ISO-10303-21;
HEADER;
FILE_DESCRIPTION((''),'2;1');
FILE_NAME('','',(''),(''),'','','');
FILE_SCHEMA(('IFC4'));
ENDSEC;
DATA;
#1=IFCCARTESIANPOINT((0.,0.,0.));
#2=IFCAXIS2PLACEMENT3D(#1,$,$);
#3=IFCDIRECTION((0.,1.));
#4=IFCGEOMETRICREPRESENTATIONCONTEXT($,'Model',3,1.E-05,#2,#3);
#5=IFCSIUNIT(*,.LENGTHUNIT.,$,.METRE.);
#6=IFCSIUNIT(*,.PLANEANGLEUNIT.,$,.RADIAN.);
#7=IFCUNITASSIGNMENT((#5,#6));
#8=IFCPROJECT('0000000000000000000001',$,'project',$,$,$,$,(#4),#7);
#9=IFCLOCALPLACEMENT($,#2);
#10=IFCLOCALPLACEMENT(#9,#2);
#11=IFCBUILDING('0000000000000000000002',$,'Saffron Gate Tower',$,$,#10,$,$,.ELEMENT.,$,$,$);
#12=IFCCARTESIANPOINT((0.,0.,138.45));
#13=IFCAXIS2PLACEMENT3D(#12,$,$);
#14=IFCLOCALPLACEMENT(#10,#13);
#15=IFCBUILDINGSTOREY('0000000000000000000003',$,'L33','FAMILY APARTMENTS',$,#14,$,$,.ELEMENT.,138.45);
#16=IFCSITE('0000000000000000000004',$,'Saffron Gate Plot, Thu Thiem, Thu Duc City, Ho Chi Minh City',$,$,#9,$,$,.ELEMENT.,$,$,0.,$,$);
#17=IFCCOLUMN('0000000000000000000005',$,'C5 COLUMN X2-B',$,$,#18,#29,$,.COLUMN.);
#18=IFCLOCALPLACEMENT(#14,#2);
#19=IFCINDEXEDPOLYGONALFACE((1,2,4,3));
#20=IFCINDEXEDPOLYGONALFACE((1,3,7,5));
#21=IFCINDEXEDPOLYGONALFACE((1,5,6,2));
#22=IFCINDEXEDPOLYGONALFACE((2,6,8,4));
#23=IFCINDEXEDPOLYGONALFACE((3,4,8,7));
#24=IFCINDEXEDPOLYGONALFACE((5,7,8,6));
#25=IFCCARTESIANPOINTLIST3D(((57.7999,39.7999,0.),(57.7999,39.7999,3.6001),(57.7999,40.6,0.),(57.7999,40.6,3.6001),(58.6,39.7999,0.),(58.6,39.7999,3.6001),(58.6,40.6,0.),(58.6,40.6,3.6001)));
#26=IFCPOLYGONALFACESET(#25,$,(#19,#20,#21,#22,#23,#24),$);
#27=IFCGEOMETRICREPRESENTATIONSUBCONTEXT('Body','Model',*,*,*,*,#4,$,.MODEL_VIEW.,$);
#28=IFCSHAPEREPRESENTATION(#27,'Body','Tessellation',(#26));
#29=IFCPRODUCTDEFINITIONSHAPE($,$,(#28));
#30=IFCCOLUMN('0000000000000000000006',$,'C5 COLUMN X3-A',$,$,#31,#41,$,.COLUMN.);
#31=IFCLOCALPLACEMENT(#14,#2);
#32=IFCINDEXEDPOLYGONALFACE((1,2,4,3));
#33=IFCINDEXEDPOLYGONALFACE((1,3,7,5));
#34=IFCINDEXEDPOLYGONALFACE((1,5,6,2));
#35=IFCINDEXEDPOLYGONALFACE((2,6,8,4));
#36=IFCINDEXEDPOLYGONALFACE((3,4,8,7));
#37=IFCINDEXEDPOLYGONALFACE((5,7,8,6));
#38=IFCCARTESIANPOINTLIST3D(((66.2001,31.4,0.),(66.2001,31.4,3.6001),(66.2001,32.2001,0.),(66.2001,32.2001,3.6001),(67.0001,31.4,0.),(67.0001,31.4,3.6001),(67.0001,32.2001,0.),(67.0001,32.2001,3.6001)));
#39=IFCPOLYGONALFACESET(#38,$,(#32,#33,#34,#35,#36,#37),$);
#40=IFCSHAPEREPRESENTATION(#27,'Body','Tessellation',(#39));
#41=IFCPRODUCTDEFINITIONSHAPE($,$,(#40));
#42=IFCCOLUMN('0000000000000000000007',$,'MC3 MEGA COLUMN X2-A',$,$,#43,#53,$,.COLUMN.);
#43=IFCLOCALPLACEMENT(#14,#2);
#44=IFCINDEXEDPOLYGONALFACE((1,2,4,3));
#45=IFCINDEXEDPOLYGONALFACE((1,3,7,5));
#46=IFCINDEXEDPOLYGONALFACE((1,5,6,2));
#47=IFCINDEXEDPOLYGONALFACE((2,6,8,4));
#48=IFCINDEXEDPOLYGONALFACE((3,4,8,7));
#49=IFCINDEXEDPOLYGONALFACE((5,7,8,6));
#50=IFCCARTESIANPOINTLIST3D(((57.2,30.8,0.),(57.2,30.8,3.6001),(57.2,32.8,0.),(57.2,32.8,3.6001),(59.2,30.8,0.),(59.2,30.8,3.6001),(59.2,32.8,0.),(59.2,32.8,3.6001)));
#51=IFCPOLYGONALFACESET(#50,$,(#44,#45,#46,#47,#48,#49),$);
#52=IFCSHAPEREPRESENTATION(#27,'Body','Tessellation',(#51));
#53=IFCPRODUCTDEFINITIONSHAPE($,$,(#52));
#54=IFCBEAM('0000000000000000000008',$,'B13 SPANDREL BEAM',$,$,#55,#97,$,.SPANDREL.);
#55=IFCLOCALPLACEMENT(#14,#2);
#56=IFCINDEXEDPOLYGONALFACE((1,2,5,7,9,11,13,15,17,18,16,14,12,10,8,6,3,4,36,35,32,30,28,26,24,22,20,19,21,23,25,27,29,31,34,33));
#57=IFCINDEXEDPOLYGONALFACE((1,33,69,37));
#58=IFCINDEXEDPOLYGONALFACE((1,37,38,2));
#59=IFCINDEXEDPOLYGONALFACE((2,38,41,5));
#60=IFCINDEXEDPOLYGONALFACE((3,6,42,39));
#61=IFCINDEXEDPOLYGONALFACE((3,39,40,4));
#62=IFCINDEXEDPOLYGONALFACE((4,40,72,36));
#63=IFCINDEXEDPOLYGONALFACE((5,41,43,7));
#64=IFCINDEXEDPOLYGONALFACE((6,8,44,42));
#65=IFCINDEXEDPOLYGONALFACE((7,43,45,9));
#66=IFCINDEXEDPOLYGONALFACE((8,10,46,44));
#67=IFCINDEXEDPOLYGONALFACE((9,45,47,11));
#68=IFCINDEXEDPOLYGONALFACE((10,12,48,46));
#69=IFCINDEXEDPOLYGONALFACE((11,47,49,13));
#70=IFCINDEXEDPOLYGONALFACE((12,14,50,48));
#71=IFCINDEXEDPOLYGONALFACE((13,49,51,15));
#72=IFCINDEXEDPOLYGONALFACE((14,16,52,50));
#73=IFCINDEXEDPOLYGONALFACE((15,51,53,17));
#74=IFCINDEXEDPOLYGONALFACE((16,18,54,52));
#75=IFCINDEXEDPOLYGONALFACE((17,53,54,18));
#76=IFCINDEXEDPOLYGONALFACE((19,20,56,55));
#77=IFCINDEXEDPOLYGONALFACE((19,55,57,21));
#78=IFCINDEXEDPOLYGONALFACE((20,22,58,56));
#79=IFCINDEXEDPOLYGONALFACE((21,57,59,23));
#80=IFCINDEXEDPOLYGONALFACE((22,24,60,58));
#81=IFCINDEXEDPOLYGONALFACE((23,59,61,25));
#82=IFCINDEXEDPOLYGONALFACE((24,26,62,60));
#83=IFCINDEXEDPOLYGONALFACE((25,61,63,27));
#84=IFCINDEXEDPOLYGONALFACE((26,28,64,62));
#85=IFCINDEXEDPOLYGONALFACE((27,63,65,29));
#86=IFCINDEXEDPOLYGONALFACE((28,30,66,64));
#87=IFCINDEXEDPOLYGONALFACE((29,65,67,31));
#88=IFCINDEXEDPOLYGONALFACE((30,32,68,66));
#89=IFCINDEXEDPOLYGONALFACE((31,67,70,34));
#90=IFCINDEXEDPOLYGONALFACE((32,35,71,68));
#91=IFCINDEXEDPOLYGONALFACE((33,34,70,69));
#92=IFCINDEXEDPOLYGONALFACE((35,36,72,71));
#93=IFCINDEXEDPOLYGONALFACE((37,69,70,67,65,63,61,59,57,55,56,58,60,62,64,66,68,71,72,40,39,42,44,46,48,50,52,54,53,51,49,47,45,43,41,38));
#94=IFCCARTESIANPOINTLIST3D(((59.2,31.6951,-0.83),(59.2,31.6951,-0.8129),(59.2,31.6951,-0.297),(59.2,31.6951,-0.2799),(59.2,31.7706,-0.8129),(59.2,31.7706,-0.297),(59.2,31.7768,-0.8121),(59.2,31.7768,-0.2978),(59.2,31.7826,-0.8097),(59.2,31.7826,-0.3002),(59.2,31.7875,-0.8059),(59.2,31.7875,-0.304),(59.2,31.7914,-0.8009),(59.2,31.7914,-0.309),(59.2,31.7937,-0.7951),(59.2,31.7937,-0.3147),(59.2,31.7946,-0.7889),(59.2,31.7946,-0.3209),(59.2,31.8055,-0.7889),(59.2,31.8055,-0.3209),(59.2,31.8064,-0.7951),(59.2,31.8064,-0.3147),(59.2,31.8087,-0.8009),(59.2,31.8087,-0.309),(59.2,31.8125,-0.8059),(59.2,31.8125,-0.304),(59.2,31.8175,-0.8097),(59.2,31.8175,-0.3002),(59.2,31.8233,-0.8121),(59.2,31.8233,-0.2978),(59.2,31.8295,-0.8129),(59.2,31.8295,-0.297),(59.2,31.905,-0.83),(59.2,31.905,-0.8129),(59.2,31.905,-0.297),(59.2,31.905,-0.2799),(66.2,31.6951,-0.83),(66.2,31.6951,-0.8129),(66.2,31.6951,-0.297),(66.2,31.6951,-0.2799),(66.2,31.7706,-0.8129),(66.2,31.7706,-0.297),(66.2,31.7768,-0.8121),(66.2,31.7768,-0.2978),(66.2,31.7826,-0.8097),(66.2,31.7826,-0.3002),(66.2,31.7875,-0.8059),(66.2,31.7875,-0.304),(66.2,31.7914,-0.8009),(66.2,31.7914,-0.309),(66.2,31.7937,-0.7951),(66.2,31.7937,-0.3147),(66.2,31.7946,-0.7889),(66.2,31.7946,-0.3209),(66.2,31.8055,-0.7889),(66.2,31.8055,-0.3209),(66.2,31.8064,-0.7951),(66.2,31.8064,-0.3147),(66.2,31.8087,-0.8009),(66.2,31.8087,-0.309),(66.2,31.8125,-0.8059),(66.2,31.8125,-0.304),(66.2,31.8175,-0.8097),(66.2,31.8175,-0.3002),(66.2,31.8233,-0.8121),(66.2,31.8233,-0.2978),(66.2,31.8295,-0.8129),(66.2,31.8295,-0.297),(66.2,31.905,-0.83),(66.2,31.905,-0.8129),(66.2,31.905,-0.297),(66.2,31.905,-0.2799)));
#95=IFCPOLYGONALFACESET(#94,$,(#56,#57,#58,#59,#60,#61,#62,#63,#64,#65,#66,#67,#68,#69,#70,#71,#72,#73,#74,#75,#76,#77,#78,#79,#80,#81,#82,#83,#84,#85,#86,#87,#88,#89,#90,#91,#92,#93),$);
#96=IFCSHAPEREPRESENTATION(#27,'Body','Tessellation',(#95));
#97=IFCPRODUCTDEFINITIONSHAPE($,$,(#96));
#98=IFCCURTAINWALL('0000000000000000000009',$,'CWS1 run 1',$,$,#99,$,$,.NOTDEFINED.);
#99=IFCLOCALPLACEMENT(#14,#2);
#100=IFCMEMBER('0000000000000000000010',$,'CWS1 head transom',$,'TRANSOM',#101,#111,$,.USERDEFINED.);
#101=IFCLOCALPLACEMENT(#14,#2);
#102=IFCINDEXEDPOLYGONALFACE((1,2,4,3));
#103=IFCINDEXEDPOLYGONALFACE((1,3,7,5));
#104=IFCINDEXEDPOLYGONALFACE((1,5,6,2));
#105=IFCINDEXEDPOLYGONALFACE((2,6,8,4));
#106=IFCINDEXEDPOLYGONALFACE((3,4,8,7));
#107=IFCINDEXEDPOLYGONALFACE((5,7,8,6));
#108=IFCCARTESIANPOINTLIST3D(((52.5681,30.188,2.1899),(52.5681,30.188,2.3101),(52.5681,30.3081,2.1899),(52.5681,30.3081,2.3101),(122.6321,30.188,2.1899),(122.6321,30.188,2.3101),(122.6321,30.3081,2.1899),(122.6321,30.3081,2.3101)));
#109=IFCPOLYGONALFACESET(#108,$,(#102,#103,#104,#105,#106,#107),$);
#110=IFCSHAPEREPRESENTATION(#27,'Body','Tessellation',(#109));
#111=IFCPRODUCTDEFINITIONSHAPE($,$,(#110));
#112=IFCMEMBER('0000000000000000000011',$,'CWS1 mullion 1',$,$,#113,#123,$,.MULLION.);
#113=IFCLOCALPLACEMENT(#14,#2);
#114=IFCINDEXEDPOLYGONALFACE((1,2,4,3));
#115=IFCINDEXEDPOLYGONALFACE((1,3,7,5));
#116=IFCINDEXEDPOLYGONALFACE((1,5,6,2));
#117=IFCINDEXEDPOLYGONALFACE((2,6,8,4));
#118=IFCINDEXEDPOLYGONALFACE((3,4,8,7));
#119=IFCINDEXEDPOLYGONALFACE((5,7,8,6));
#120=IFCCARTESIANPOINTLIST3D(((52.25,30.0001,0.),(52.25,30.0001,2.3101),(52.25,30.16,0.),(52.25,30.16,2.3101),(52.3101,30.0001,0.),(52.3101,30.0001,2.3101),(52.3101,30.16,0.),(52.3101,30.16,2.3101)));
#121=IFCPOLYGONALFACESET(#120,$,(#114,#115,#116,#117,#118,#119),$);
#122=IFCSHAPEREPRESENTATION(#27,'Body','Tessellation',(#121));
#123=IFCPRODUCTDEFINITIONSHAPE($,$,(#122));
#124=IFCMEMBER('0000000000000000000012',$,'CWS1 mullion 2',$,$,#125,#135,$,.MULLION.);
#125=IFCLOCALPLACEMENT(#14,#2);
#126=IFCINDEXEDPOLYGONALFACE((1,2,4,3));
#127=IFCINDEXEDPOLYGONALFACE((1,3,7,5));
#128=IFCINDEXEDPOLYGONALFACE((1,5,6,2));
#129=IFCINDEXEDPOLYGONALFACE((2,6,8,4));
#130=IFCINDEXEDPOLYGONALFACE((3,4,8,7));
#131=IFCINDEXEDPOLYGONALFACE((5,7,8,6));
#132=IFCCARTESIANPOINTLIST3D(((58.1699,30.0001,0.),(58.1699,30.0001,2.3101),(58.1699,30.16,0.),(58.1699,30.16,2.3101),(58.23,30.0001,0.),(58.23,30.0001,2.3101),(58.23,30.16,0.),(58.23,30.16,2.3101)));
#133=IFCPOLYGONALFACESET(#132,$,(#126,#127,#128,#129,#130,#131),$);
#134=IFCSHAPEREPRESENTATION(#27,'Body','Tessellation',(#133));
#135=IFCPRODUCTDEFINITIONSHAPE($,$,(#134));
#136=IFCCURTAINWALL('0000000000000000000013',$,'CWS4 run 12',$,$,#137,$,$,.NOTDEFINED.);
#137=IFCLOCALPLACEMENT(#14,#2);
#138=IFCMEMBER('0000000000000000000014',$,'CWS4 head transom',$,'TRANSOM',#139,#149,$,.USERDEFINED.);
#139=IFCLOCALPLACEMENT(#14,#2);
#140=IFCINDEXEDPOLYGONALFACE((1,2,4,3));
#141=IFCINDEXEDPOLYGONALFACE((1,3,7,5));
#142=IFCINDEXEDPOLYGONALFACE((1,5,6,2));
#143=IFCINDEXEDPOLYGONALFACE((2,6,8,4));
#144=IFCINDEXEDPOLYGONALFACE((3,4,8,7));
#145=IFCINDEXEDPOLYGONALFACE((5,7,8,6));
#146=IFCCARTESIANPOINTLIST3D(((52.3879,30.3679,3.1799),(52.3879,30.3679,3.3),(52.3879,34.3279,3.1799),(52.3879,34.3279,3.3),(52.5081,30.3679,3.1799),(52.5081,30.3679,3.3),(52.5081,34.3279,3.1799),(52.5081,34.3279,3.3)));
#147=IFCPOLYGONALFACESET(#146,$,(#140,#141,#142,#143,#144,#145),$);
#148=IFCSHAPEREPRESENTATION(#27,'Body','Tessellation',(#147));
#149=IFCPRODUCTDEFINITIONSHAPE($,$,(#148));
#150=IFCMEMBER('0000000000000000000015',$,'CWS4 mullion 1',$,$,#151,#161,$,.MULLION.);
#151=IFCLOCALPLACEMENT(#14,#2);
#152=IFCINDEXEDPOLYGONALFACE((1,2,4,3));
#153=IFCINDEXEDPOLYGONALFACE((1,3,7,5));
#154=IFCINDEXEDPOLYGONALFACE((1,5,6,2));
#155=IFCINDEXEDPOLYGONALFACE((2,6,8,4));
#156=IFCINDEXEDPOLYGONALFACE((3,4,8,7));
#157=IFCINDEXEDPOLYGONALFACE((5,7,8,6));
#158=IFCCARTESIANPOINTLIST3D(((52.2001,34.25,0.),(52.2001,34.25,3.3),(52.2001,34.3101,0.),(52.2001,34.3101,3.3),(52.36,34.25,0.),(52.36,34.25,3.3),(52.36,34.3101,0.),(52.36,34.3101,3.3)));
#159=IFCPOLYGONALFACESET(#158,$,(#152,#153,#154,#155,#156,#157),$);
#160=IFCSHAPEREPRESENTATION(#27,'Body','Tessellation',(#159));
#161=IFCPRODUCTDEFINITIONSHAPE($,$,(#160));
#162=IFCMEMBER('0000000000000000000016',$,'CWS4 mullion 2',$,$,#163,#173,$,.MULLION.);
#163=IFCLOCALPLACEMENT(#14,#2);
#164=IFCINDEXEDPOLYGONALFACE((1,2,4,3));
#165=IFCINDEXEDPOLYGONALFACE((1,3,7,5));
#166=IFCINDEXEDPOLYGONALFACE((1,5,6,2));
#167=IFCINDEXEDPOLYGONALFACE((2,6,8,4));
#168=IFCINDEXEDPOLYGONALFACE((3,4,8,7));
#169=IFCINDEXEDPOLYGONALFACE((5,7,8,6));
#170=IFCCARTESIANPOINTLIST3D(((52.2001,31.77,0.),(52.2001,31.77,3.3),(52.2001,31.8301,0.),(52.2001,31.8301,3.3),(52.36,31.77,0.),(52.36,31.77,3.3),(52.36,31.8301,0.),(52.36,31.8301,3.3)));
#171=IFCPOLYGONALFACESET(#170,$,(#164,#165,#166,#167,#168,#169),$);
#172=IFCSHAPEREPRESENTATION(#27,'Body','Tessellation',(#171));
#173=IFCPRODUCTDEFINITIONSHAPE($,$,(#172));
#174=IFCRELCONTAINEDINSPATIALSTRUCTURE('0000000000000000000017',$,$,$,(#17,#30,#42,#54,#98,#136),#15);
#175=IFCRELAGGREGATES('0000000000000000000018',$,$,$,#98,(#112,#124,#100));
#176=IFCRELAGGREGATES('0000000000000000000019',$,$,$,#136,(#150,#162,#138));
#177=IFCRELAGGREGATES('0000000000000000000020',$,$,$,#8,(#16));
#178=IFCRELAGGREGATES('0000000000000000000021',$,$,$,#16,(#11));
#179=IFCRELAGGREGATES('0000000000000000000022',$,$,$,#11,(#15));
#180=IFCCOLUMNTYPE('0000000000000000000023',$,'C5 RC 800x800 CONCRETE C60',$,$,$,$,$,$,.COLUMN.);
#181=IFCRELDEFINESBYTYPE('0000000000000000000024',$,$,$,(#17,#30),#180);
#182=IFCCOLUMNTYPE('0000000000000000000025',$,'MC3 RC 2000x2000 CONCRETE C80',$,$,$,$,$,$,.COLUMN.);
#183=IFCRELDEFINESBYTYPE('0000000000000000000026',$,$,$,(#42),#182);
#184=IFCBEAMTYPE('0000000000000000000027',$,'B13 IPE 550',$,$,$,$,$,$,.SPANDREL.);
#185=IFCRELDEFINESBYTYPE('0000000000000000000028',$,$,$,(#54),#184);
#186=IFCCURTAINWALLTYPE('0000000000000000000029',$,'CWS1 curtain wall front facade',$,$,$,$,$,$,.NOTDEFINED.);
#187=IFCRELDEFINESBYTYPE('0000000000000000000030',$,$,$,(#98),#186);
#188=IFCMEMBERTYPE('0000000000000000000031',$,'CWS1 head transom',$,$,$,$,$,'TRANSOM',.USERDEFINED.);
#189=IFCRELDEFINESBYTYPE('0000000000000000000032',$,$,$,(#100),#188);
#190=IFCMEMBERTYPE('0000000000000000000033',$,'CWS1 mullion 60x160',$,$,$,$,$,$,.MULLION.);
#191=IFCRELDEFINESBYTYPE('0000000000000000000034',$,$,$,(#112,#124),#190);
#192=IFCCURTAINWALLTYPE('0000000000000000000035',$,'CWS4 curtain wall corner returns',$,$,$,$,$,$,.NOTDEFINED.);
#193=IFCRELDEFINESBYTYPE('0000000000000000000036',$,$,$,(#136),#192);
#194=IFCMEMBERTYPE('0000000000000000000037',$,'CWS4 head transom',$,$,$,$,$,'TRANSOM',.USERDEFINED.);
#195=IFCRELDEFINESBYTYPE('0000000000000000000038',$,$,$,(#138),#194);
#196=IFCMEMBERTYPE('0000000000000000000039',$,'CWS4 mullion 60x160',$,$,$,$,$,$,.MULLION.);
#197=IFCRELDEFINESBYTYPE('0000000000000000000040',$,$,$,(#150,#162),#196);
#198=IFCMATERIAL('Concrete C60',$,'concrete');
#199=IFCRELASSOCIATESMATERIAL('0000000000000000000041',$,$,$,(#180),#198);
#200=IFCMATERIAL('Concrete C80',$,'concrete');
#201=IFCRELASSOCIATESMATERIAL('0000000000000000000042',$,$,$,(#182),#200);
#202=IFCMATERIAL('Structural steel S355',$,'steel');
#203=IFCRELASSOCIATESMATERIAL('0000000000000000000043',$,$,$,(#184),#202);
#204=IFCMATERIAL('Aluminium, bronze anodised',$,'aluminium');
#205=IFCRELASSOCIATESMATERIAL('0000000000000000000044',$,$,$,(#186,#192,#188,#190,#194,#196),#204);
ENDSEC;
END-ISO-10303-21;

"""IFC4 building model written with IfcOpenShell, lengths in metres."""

from ifc_helpers import new_model, si_unit, direction, frame, origin, origin_2d, place, context, subcontext, project, spatial, rectangle, i_section, extrude, material, material_profile, profile_set, type_object, element, aggregate, save


model = new_model("IFC4")

# Units and contexts
model_context = context("Model", 3, precision=1e-05, world=origin(), true_north=direction((0.0, 1.0)))
body_context = subcontext(model_context, "Body", "Model", "MODEL_VIEW")
ifc_project = project(units=[si_unit("LENGTHUNIT", "METRE"), si_unit("PLANEANGLEUNIT", "RADIAN")], contexts=[model_context])

# Site, building, storey
site_placement = place(None, origin())
site = spatial("IfcSite", under=ifc_project, at=site_placement, Name="Saffron Gate Plot, Thu Thiem, Thu Duc City, Ho Chi Minh City", CompositionType="ELEMENT", RefElevation=0.0)
building_placement = place(site_placement, origin())
building = spatial("IfcBuilding", under=site, at=building_placement, Name="Saffron Gate Tower", CompositionType="ELEMENT")
storey_placement = place(building_placement, frame((0.0, 0.0, 138.45)))
storey = spatial("IfcBuildingStorey", under=building, at=storey_placement, Name="L33", Description="FAMILY APARTMENTS", CompositionType="ELEMENT", Elevation=138.45)

# Columns
ifc_material_1 = material(Name="Concrete C60", Category="concrete")
ifc_material_profile_1 = material_profile(ifc_material_1, rectangle(XDim=0.8, YDim=0.8, at=origin_2d()))
ifc_profile_set_1 = profile_set([ifc_material_profile_1], Name="Concrete C60")
column_type_1 = type_object("IfcColumnType", Name="C5 RC 800x800 CONCRETE C60", PredefinedType="COLUMN", material=ifc_profile_set_1)
for number, where, z_axis, x_axis, name in (
    (1, (58.2, 40.2, 0.0), (0.0, 0.0, 1.0), (1.0, 0.0, 0.0), "C5 COLUMN X2-B"),
    (2, (66.6001, 31.8, 0.0), (0.0, 0.0, 1.0), (1.0, 0.0, 0.0), "C5 COLUMN X3-A"),
):
    element("IfcColumn", number, at=place(storey_placement, frame(where, z_axis=z_axis, x_axis=x_axis)), inside=storey, type_object=column_type_1, Name=name, PredefinedType="COLUMN", context=body_context, shape_type="SweptSolid", body=[
        extrude(rectangle(XDim=0.8, YDim=0.8, at=origin_2d()), origin(), (0.0, 0.0, 1.0), 3.6001),
    ])
ifc_material_2 = material(Name="Concrete C80", Category="concrete")
ifc_material_profile_2 = material_profile(ifc_material_2, rectangle(XDim=2.0, YDim=2.0, at=origin_2d()))
ifc_profile_set_2 = profile_set([ifc_material_profile_2], Name="Concrete C80")
column_type_2 = type_object("IfcColumnType", Name="MC3 RC 2000x2000 CONCRETE C80", PredefinedType="COLUMN", material=ifc_profile_set_2)
column_placement = place(storey_placement, frame((58.2, 31.8, 0.0), z_axis=(0.0, 0.0, 1.0), x_axis=(1.0, 0.0, 0.0)))
element("IfcColumn", 3, at=column_placement, inside=storey, type_object=column_type_2, Name="MC3 MEGA COLUMN X2-A", PredefinedType="COLUMN", context=body_context, shape_type="SweptSolid", body=[
    extrude(rectangle(XDim=2.0, YDim=2.0, at=origin_2d()), origin(), (0.0, 0.0, 1.0), 3.6001),
])

# Beam
ifc_material_3 = material(Name="Structural steel S355", Category="steel")
ifc_material_profile_3 = material_profile(ifc_material_3, i_section(OverallWidth=0.21, OverallDepth=0.55, WebThickness=0.011, FlangeThickness=0.0171, FilletRadius=0.0239, at=origin_2d()))
ifc_profile_set_3 = profile_set([ifc_material_profile_3], Name="Structural steel S355")
beam_type = type_object("IfcBeamType", Name="B13 IPE 550", PredefinedType="SPANDREL", material=ifc_profile_set_3)
beam_placement = place(storey_placement, frame((59.2, 31.8, -0.5549), z_axis=(1.0, 0.0, 0.0), x_axis=(0.0, 1.0, 0.0)))
element("IfcBeam", 4, at=beam_placement, inside=storey, type_object=beam_type, Name="B13 SPANDREL BEAM", PredefinedType="SPANDREL", context=body_context, shape_type="SweptSolid", body=[
    extrude(i_section(OverallWidth=0.21, OverallDepth=0.55, WebThickness=0.011, FlangeThickness=0.0171, FilletRadius=0.0239, at=origin_2d()), origin(), (0.0, 0.0, 1.0), 7.0),
])

# Curtain walls, members
ifc_material_4 = material(Name="Aluminium, bronze anodised", Category="aluminium")
curtain_wall_type_1 = type_object("IfcCurtainWallType", Name="CWS1 curtain wall front facade", PredefinedType="NOTDEFINED", material=ifc_material_4)
curtain_wall_1_placement = place(storey_placement, origin())
curtain_wall_1 = element("IfcCurtainWall", 5, at=curtain_wall_1_placement, inside=storey, type_object=curtain_wall_type_1, Name="CWS1 run 1", PredefinedType="NOTDEFINED")
ifc_material_profile_4 = material_profile(ifc_material_4, rectangle(XDim=0.1201, YDim=0.1201, at=origin_2d()))
ifc_profile_set_4 = profile_set([ifc_material_profile_4], Name="Aluminium, bronze anodised")
member_type_1 = type_object("IfcMemberType", Name="CWS1 head transom", ElementType="TRANSOM", PredefinedType="USERDEFINED", material=ifc_profile_set_4)
member_1_placement = place(storey_placement, frame((52.5681, 30.248, 2.25), z_axis=(1.0, 0.0, 0.0), x_axis=(0.0, 1.0, 0.0)))
member_1 = element("IfcMember", 6, at=member_1_placement, type_object=member_type_1, Name="CWS1 head transom", ObjectType="TRANSOM", PredefinedType="USERDEFINED", context=body_context, shape_type="SweptSolid", body=[
    extrude(rectangle(XDim=0.1201, YDim=0.1201, at=origin_2d()), origin(), (0.0, 0.0, 1.0), 70.064),
])
ifc_material_profile_5 = material_profile(ifc_material_4, rectangle(XDim=0.1599, YDim=0.0601, at=origin_2d()))
ifc_profile_set_5 = profile_set([ifc_material_profile_5], Name="Aluminium, bronze anodised")
member_type_2 = type_object("IfcMemberType", Name="CWS1 mullion 60x160", PredefinedType="MULLION", material=ifc_profile_set_5)
member_2_placement = place(storey_placement, frame((52.28, 30.0801, 0.0), z_axis=(0.0, 0.0, 1.0), x_axis=(0.0, 1.0, 0.0)))
member_2 = element("IfcMember", 7, at=member_2_placement, type_object=member_type_2, Name="CWS1 mullion 1", PredefinedType="MULLION", context=body_context, shape_type="SweptSolid", body=[
    extrude(rectangle(XDim=0.1599, YDim=0.0601, at=origin_2d()), origin(), (0.0, 0.0, 1.0), 2.3101),
])
member_3_placement = place(storey_placement, frame((58.2, 30.0801, 0.0), z_axis=(0.0, 0.0, 1.0), x_axis=(0.0, 1.0, 0.0)))
member_3 = element("IfcMember", 8, at=member_3_placement, type_object=member_type_2, Name="CWS1 mullion 2", PredefinedType="MULLION", context=body_context, shape_type="SweptSolid", body=[
    extrude(rectangle(XDim=0.1599, YDim=0.0601, at=origin_2d()), origin(), (0.0, 0.0, 1.0), 2.3101),
])
curtain_wall_type_2 = type_object("IfcCurtainWallType", Name="CWS4 curtain wall corner returns", PredefinedType="NOTDEFINED", material=ifc_material_4)
curtain_wall_2_placement = place(storey_placement, origin())
curtain_wall_2 = element("IfcCurtainWall", 9, at=curtain_wall_2_placement, inside=storey, type_object=curtain_wall_type_2, Name="CWS4 run 12", PredefinedType="NOTDEFINED")
ifc_material_profile_6 = material_profile(ifc_material_4, rectangle(XDim=0.1201, YDim=0.1201, at=origin_2d()))
ifc_profile_set_6 = profile_set([ifc_material_profile_6], Name="Aluminium, bronze anodised")
member_type_3 = type_object("IfcMemberType", Name="CWS4 head transom", ElementType="TRANSOM", PredefinedType="USERDEFINED", material=ifc_profile_set_6)
member_4_placement = place(storey_placement, frame((52.448, 34.3279, 3.24), z_axis=(0.0, -1.0, 0.0), x_axis=(1.0, 0.0, 0.0)))
member_4 = element("IfcMember", 10, at=member_4_placement, type_object=member_type_3, Name="CWS4 head transom", ObjectType="TRANSOM", PredefinedType="USERDEFINED", context=body_context, shape_type="SweptSolid", body=[
    extrude(rectangle(XDim=0.1201, YDim=0.1201, at=origin_2d()), origin(), (0.0, 0.0, 1.0), 3.96),
])
ifc_material_profile_7 = material_profile(ifc_material_4, rectangle(XDim=0.1599, YDim=0.0601, at=origin_2d()))
ifc_profile_set_7 = profile_set([ifc_material_profile_7], Name="Aluminium, bronze anodised")
member_type_4 = type_object("IfcMemberType", Name="CWS4 mullion 60x160", PredefinedType="MULLION", material=ifc_profile_set_7)
member_5_placement = place(storey_placement, frame((52.28, 34.28, 0.0), z_axis=(0.0, 0.0, 1.0), x_axis=(1.0, 0.0, 0.0)))
member_5 = element("IfcMember", 11, at=member_5_placement, type_object=member_type_4, Name="CWS4 mullion 1", PredefinedType="MULLION", context=body_context, shape_type="SweptSolid", body=[
    extrude(rectangle(XDim=0.1599, YDim=0.0601, at=origin_2d()), origin(), (0.0, 0.0, 1.0), 3.3),
])
member_6_placement = place(storey_placement, frame((52.28, 31.8, 0.0), z_axis=(0.0, 0.0, 1.0), x_axis=(1.0, 0.0, 0.0)))
member_6 = element("IfcMember", 12, at=member_6_placement, type_object=member_type_4, Name="CWS4 mullion 2", PredefinedType="MULLION", context=body_context, shape_type="SweptSolid", body=[
    extrude(rectangle(XDim=0.1599, YDim=0.0601, at=origin_2d()), origin(), (0.0, 0.0, 1.0), 3.3),
])

aggregate(curtain_wall_1, [member_2, member_3, member_1])

aggregate(curtain_wall_2, [member_5, member_6, member_4])

save(model, "model.ifc")
